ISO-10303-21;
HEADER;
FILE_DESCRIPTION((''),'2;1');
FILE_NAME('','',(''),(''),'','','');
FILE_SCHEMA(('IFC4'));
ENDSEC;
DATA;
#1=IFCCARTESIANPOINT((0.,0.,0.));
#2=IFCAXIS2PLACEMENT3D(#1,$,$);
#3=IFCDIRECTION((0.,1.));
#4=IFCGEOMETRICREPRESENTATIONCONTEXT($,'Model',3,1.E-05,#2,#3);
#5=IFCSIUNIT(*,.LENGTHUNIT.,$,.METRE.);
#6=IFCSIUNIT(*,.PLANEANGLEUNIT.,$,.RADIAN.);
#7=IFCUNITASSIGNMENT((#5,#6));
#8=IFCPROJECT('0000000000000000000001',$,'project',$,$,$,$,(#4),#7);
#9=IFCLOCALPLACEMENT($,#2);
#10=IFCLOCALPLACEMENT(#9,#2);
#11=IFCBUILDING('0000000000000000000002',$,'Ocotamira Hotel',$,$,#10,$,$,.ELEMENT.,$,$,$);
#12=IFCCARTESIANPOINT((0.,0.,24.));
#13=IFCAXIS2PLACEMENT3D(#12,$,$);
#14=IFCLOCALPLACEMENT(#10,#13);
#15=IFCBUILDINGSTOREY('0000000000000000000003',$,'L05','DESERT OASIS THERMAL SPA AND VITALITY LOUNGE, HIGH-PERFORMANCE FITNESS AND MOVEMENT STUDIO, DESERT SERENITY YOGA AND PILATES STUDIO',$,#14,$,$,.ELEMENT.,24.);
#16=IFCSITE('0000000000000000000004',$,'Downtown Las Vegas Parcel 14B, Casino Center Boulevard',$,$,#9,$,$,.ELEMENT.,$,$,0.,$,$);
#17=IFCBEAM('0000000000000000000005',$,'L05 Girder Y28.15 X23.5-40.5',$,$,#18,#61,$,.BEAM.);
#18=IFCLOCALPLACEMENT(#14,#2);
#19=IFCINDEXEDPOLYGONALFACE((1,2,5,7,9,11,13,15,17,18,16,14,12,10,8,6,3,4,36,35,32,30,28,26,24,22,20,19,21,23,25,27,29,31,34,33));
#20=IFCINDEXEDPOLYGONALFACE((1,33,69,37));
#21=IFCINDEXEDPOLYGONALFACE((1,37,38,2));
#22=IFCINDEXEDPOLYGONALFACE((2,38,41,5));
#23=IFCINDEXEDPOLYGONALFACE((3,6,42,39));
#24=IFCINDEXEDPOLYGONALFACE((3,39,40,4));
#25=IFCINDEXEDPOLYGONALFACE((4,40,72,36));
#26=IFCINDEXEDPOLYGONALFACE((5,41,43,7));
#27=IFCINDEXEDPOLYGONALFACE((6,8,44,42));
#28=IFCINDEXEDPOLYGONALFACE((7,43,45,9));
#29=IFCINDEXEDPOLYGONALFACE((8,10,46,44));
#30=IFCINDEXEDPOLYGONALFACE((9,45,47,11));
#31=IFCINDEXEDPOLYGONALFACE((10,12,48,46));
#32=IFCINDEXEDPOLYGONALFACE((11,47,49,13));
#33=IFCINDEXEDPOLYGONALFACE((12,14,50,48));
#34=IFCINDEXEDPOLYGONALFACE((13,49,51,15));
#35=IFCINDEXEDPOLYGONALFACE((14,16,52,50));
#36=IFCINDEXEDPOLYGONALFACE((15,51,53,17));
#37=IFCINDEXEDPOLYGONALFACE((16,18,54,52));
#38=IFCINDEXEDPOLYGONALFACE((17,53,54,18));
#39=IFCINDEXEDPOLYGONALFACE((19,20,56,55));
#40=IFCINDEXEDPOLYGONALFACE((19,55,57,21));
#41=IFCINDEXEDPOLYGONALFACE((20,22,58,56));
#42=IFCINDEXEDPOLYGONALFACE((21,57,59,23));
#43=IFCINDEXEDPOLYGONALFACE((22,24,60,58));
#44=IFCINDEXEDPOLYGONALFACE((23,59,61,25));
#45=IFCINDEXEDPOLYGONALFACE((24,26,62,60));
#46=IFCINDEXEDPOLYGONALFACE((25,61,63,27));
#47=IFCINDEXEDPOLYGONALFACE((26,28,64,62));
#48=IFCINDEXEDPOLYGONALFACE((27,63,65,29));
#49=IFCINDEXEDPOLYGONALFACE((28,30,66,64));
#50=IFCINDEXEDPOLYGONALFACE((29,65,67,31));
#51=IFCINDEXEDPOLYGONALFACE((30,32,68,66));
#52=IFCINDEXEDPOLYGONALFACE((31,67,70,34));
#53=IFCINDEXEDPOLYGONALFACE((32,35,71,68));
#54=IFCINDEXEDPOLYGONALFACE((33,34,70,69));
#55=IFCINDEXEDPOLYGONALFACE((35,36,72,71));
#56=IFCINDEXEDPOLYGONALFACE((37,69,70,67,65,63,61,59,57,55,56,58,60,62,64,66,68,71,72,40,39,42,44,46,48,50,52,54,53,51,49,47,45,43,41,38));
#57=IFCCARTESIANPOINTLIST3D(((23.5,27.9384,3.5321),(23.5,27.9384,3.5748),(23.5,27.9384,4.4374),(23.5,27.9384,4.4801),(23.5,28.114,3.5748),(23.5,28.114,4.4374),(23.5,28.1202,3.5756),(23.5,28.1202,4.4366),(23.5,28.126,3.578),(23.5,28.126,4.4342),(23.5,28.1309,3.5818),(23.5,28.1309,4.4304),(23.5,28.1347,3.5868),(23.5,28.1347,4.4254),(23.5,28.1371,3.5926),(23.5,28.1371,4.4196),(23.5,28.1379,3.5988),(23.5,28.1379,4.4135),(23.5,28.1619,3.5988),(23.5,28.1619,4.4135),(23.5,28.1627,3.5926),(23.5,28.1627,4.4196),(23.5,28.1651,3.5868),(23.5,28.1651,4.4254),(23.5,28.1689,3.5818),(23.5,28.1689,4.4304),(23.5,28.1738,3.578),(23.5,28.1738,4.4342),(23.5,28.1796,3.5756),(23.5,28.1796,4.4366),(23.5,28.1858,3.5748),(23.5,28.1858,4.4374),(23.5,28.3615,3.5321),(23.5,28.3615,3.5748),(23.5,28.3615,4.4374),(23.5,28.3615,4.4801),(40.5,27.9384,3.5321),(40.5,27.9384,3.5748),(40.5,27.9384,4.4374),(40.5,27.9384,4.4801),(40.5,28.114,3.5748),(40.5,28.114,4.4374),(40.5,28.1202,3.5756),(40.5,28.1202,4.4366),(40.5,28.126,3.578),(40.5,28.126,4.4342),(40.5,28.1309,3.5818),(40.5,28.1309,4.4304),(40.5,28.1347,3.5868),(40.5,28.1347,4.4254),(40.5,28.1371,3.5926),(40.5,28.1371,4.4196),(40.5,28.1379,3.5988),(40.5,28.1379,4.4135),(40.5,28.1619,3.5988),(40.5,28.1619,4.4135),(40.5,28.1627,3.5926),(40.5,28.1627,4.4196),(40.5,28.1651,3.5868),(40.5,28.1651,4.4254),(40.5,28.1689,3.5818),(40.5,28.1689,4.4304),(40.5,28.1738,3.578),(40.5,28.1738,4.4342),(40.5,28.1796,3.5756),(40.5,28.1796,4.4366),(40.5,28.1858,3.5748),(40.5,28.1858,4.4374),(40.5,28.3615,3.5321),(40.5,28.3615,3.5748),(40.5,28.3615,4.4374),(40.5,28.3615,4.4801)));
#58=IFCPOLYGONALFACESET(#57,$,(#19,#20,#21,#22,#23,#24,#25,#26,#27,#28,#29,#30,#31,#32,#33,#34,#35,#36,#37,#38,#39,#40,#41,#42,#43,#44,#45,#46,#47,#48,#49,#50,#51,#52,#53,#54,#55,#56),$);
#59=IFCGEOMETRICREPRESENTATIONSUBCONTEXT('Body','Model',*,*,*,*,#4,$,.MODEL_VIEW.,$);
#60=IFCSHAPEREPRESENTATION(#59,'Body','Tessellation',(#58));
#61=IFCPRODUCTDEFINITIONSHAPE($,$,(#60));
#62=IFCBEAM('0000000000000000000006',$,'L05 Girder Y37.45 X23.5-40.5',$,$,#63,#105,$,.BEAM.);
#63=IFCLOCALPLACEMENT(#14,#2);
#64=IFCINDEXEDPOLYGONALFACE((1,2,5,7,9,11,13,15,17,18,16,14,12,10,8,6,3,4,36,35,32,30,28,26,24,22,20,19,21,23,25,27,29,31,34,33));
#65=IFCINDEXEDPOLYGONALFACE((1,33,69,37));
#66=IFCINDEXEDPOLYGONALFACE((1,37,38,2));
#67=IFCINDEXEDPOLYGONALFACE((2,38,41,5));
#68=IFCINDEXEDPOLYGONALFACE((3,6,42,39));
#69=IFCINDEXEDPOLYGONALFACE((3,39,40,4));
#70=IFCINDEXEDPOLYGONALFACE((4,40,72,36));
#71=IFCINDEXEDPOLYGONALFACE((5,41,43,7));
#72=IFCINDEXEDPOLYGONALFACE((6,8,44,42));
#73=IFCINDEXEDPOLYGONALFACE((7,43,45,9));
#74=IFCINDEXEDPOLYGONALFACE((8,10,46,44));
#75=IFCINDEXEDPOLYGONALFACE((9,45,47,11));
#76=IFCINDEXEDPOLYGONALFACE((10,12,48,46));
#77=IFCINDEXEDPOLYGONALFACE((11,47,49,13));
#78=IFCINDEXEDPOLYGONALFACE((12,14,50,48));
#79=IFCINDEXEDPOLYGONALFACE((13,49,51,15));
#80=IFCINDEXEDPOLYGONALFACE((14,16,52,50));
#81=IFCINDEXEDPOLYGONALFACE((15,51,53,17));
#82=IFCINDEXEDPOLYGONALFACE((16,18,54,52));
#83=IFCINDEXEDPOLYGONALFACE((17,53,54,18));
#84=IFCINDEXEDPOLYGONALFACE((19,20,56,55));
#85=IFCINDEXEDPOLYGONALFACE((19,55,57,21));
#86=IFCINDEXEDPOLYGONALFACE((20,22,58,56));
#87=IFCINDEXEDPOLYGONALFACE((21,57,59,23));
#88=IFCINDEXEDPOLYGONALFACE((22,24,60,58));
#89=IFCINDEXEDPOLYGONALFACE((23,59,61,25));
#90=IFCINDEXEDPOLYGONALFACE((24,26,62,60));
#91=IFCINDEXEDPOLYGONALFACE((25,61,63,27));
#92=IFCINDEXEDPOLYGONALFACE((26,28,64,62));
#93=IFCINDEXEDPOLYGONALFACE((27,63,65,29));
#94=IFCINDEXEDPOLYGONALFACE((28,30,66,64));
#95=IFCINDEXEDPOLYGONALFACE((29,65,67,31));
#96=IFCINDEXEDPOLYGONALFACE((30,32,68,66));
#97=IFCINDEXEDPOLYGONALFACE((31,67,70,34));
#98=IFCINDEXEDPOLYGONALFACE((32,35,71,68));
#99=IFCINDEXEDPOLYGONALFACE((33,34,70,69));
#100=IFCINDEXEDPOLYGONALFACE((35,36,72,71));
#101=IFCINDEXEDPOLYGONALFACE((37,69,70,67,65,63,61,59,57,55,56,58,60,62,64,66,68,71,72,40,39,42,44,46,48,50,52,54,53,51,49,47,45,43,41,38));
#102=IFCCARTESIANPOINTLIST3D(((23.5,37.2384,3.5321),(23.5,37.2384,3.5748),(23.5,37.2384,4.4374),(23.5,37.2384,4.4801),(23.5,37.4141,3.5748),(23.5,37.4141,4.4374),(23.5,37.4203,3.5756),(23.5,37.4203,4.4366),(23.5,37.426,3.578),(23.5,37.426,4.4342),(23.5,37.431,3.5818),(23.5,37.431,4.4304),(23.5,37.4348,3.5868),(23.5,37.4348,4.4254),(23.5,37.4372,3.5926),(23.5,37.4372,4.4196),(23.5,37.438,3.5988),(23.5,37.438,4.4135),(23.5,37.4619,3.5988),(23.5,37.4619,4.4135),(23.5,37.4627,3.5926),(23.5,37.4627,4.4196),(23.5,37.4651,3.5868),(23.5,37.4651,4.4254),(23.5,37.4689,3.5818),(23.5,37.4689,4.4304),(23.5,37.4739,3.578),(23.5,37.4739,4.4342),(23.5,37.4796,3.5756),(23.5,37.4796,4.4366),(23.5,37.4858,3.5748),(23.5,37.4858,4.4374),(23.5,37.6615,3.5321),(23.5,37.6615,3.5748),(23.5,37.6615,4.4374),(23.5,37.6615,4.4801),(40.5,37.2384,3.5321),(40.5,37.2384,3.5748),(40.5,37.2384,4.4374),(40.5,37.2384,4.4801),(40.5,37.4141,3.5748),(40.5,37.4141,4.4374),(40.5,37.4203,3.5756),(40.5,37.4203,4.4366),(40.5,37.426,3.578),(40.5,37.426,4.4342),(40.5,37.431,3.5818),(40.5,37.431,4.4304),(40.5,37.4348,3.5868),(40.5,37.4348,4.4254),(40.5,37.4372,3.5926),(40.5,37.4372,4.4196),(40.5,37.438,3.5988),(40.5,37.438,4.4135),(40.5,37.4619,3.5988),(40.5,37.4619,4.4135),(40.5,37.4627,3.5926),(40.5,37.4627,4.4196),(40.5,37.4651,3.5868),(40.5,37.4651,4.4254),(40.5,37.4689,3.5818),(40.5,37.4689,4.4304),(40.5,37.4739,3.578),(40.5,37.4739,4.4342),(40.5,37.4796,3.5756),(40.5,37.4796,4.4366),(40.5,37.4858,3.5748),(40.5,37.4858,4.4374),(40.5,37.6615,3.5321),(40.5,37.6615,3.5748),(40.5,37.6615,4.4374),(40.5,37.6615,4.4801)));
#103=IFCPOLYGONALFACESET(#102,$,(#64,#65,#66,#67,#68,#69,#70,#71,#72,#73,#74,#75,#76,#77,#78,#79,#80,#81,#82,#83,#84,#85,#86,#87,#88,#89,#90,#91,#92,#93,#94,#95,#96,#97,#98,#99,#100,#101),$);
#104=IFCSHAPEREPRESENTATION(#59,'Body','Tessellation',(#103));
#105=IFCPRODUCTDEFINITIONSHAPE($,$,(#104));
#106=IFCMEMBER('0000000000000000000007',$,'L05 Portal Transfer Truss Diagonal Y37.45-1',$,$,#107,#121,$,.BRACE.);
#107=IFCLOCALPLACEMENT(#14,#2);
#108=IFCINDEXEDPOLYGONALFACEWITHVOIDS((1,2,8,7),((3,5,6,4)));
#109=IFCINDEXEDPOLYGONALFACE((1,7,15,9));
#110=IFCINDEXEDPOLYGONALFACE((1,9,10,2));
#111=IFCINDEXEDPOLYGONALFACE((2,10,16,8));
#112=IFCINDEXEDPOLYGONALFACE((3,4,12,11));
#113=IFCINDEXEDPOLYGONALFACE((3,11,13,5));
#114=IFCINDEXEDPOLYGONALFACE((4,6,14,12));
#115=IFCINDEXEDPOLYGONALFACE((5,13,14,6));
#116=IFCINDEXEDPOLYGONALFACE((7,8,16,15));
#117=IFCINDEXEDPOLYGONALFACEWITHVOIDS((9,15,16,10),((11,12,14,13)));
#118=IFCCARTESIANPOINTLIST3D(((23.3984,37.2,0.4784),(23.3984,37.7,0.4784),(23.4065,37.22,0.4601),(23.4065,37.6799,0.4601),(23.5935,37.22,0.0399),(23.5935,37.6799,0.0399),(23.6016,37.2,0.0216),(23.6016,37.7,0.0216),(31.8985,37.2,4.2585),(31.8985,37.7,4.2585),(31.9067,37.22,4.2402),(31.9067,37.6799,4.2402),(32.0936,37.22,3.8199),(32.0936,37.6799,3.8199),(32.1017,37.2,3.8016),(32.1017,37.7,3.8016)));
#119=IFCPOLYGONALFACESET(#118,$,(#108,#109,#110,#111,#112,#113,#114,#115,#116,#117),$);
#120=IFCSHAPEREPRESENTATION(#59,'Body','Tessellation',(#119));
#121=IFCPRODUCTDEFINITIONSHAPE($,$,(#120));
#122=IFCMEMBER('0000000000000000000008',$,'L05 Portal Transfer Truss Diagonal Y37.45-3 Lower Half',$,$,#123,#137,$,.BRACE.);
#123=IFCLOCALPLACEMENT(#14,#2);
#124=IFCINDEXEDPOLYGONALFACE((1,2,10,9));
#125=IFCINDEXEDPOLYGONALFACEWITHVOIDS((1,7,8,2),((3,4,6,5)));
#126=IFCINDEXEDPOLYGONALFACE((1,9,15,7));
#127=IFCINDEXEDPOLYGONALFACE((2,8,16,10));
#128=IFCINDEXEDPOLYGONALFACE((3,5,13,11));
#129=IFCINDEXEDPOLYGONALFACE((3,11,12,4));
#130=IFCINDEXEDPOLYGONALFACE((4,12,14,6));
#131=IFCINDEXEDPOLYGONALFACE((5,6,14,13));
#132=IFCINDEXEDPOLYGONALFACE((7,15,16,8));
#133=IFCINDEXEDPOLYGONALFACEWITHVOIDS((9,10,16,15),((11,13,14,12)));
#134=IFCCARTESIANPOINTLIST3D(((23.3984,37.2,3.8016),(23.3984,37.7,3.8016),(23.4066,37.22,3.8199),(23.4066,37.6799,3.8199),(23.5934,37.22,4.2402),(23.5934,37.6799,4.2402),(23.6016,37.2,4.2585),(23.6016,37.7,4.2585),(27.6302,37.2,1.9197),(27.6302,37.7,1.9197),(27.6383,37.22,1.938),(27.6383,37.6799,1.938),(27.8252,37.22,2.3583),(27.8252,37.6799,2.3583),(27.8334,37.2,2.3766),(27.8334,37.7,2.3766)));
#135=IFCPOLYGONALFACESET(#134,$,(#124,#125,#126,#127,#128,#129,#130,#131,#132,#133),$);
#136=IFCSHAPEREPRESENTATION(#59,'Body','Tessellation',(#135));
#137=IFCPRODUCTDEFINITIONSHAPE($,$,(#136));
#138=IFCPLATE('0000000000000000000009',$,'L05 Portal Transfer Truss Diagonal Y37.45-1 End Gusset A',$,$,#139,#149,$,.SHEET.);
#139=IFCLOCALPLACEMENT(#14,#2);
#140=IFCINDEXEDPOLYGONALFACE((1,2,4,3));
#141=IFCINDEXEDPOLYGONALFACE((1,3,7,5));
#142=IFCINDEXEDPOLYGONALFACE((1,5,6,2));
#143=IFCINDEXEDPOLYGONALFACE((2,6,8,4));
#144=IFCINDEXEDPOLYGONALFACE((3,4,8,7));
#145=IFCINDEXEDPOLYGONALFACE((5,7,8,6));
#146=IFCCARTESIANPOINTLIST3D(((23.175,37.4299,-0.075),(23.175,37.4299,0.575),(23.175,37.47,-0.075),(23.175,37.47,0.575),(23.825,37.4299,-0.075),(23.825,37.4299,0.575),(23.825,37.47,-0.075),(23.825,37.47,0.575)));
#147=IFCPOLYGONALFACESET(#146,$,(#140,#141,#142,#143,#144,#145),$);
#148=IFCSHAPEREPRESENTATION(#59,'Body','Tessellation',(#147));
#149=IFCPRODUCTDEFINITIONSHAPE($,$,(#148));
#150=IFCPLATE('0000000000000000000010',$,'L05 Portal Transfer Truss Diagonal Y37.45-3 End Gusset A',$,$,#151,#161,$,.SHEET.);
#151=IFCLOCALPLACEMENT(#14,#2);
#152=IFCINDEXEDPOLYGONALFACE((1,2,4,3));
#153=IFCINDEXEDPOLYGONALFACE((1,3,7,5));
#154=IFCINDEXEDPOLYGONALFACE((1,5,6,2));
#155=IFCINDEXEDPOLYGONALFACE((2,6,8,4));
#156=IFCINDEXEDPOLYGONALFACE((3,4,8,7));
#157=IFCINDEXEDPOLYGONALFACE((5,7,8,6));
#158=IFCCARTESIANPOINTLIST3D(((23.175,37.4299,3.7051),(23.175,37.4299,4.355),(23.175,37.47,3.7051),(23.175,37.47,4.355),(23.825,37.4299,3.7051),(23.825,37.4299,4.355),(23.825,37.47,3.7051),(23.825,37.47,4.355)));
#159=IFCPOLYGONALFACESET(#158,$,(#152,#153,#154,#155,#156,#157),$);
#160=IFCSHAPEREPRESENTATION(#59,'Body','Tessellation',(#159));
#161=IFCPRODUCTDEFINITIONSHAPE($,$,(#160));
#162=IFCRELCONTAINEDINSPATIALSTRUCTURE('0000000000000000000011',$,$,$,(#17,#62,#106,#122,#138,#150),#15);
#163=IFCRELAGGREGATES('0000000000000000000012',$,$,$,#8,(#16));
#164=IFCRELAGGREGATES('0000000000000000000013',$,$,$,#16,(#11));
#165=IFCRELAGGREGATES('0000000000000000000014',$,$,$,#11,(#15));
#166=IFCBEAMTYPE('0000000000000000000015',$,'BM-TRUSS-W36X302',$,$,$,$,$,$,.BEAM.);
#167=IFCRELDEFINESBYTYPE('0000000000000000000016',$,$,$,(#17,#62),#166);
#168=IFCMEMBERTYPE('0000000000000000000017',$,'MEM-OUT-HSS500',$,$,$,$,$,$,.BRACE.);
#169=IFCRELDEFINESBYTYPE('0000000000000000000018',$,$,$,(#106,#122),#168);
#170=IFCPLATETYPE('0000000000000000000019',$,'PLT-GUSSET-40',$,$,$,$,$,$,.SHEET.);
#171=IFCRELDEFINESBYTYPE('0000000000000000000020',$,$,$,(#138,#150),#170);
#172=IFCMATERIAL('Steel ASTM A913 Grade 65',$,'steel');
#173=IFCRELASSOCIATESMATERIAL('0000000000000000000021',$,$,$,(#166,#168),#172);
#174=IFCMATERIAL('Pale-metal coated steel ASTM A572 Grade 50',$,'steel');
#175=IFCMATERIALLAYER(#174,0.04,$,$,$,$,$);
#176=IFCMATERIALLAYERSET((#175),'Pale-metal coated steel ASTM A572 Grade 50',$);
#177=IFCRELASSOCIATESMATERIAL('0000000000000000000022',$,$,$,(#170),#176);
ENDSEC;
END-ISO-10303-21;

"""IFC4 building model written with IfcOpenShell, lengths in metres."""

from ifc_helpers import new_model, si_unit, direction, frame, origin, origin_2d, place, context, subcontext, project, spatial, rectangle, hollow_rectangle, i_section, extrude, source, transform, mapped, material, layer, layer_set, material_profile, profile_set, type_object, element, save


model = new_model("IFC4")

# Units and contexts
model_context = context("Model", 3, precision=1e-05, world=origin(), true_north=direction((0.0, 1.0)))
body_context = subcontext(model_context, "Body", "Model", "MODEL_VIEW")
ifc_project = project(units=[si_unit("LENGTHUNIT", "METRE"), si_unit("PLANEANGLEUNIT", "RADIAN")], contexts=[model_context])

# Site, building, storey
site_placement = place(None, origin())
site = spatial("IfcSite", under=ifc_project, at=site_placement, Name="Downtown Las Vegas Parcel 14B, Casino Center Boulevard", CompositionType="ELEMENT", RefElevation=0.0)
building_placement = place(site_placement, origin())
building = spatial("IfcBuilding", under=site, at=building_placement, Name="Ocotamira Hotel", CompositionType="ELEMENT")
storey_placement = place(building_placement, frame((0.0, 0.0, 24.0)))
storey = spatial("IfcBuildingStorey", under=building, at=storey_placement, Name="L05", Description="DESERT OASIS THERMAL SPA AND VITALITY LOUNGE, HIGH-PERFORMANCE FITNESS AND MOVEMENT STUDIO, DESERT SERENITY YOGA AND PILATES STUDIO", CompositionType="ELEMENT", Elevation=24.0)

# Beams
ifc_material_1 = material(Name="Steel ASTM A913 Grade 65", Category="steel")
ifc_material_profile_1 = material_profile(ifc_material_1, i_section(OverallWidth=0.4231, OverallDepth=0.948, WebThickness=0.0239, FlangeThickness=0.0427, FilletRadius=0.0239, at=origin_2d()), Name="W36X302")
ifc_profile_set_1 = profile_set([ifc_material_profile_1], Name="Steel ASTM A913 Grade 65")
beam_type_1 = type_object("IfcBeamType", Name="BM-TRUSS-W36X302", PredefinedType="BEAM", material=ifc_profile_set_1)
shared_shape_1 = source(origin(), body_context, "Body", "SweptSolid", [
    extrude(i_section(OverallWidth=0.4231, OverallDepth=0.948, WebThickness=0.0239, FlangeThickness=0.0427, FilletRadius=0.0239, at=origin_2d()), origin(), (0.0, 0.0, 1.0), 17.0),
])
for number, where, z_axis, x_axis, name in (
    (1, (23.5, 28.1499, 4.0061), (1.0, 0.0, 0.0), (0.0, 1.0, 0.0), "L05 Girder Y28.15 X23.5-40.5"),
    (2, (23.5, 37.45, 4.0061), (1.0, 0.0, 0.0), (0.0, 1.0, 0.0), "L05 Girder Y37.45 X23.5-40.5"),
):
    element("IfcBeam", number, at=place(storey_placement, frame(where, z_axis=z_axis, x_axis=x_axis)), inside=storey, type_object=beam_type_1, Name=name, PredefinedType="BEAM", context=body_context, shape_type="MappedRepresentation", body=[
        mapped(shared_shape_1, transform((0.0, 0.0, 0.0), scale=1.0)),
    ])

# Members
ifc_material_profile_2 = material_profile(ifc_material_1, hollow_rectangle(XDim=0.5, YDim=0.5, WallThickness=0.02, at=origin_2d()), Name="HSS500X500X20")
ifc_profile_set_2 = profile_set([ifc_material_profile_2], Name="Steel ASTM A913 Grade 65")
member_type = type_object("IfcMemberType", Name="MEM-OUT-HSS500", PredefinedType="BRACE", material=ifc_profile_set_2)
shared_shape_2 = source(origin(), body_context, "Body", "SweptSolid", [
    extrude(hollow_rectangle(XDim=0.5, YDim=0.5, WallThickness=0.02, at=origin_2d()), origin(), (0.0, 0.0, 1.0), 9.3027),
])
member_1_placement = place(storey_placement, frame((23.5, 37.45, 0.25), z_axis=(0.913722, 0.0, 0.406341), x_axis=(0.0, 1.0, 0.0)))
element("IfcMember", 3, at=member_1_placement, inside=storey, type_object=member_type, Name="L05 Portal Transfer Truss Diagonal Y37.45-1", PredefinedType="BRACE", context=body_context, shape_type="MappedRepresentation", body=[
    mapped(shared_shape_2, transform((0.0, 0.0, 0.0), scale=1.0)),
])
shared_shape_3 = source(origin(), body_context, "Body", "SweptSolid", [
    extrude(hollow_rectangle(XDim=0.5, YDim=0.5, WallThickness=0.02, at=origin_2d()), origin(), (0.0, 0.0, 1.0), 4.6313),
])
member_2_placement = place(storey_placement, frame((23.5, 37.45, 4.03), z_axis=(0.913725, 0.0, -0.406334), x_axis=(0.0, 1.0, 0.0)))
element("IfcMember", 4, at=member_2_placement, inside=storey, type_object=member_type, Name="L05 Portal Transfer Truss Diagonal Y37.45-3 Lower Half", PredefinedType="BRACE", context=body_context, shape_type="MappedRepresentation", body=[
    mapped(shared_shape_3, transform((0.0, 0.0, 0.0), scale=1.0)),
])

# Plates
ifc_material_2 = material(Name="Pale-metal coated steel ASTM A572 Grade 50", Category="steel")
ifc_layer_1 = layer(ifc_material_2, 0.04)
ifc_layer_set_1 = layer_set([ifc_layer_1], Name="Pale-metal coated steel ASTM A572 Grade 50")
plate_type = type_object("IfcPlateType", Name="PLT-GUSSET-40", PredefinedType="SHEET", material=ifc_layer_set_1)
shared_shape_4 = source(origin(), body_context, "Body", "SweptSolid", [
    extrude(rectangle(XDim=0.6499, YDim=0.04, at=origin_2d()), origin(), (0.0, 0.0, 1.0), 0.6499),
])
for number, where, z_axis, x_axis, name in (
    (5, (23.5, 37.45, -0.075), (0.0, 0.0, 1.0), (1.0, 0.0, 0.0), "L05 Portal Transfer Truss Diagonal Y37.45-1 End Gusset A"),
    (6, (23.5, 37.45, 3.7051), (0.0, 0.0, 1.0), (1.0, 0.0, 0.0), "L05 Portal Transfer Truss Diagonal Y37.45-3 End Gusset A"),
):
    element("IfcPlate", number, at=place(storey_placement, frame(where, z_axis=z_axis, x_axis=x_axis)), inside=storey, type_object=plate_type, Name=name, PredefinedType="SHEET", context=body_context, shape_type="MappedRepresentation", body=[
        mapped(shared_shape_4, transform((0.0, 0.0, 0.0), scale=1.0)),
    ])

save(model, "model.ifc")
